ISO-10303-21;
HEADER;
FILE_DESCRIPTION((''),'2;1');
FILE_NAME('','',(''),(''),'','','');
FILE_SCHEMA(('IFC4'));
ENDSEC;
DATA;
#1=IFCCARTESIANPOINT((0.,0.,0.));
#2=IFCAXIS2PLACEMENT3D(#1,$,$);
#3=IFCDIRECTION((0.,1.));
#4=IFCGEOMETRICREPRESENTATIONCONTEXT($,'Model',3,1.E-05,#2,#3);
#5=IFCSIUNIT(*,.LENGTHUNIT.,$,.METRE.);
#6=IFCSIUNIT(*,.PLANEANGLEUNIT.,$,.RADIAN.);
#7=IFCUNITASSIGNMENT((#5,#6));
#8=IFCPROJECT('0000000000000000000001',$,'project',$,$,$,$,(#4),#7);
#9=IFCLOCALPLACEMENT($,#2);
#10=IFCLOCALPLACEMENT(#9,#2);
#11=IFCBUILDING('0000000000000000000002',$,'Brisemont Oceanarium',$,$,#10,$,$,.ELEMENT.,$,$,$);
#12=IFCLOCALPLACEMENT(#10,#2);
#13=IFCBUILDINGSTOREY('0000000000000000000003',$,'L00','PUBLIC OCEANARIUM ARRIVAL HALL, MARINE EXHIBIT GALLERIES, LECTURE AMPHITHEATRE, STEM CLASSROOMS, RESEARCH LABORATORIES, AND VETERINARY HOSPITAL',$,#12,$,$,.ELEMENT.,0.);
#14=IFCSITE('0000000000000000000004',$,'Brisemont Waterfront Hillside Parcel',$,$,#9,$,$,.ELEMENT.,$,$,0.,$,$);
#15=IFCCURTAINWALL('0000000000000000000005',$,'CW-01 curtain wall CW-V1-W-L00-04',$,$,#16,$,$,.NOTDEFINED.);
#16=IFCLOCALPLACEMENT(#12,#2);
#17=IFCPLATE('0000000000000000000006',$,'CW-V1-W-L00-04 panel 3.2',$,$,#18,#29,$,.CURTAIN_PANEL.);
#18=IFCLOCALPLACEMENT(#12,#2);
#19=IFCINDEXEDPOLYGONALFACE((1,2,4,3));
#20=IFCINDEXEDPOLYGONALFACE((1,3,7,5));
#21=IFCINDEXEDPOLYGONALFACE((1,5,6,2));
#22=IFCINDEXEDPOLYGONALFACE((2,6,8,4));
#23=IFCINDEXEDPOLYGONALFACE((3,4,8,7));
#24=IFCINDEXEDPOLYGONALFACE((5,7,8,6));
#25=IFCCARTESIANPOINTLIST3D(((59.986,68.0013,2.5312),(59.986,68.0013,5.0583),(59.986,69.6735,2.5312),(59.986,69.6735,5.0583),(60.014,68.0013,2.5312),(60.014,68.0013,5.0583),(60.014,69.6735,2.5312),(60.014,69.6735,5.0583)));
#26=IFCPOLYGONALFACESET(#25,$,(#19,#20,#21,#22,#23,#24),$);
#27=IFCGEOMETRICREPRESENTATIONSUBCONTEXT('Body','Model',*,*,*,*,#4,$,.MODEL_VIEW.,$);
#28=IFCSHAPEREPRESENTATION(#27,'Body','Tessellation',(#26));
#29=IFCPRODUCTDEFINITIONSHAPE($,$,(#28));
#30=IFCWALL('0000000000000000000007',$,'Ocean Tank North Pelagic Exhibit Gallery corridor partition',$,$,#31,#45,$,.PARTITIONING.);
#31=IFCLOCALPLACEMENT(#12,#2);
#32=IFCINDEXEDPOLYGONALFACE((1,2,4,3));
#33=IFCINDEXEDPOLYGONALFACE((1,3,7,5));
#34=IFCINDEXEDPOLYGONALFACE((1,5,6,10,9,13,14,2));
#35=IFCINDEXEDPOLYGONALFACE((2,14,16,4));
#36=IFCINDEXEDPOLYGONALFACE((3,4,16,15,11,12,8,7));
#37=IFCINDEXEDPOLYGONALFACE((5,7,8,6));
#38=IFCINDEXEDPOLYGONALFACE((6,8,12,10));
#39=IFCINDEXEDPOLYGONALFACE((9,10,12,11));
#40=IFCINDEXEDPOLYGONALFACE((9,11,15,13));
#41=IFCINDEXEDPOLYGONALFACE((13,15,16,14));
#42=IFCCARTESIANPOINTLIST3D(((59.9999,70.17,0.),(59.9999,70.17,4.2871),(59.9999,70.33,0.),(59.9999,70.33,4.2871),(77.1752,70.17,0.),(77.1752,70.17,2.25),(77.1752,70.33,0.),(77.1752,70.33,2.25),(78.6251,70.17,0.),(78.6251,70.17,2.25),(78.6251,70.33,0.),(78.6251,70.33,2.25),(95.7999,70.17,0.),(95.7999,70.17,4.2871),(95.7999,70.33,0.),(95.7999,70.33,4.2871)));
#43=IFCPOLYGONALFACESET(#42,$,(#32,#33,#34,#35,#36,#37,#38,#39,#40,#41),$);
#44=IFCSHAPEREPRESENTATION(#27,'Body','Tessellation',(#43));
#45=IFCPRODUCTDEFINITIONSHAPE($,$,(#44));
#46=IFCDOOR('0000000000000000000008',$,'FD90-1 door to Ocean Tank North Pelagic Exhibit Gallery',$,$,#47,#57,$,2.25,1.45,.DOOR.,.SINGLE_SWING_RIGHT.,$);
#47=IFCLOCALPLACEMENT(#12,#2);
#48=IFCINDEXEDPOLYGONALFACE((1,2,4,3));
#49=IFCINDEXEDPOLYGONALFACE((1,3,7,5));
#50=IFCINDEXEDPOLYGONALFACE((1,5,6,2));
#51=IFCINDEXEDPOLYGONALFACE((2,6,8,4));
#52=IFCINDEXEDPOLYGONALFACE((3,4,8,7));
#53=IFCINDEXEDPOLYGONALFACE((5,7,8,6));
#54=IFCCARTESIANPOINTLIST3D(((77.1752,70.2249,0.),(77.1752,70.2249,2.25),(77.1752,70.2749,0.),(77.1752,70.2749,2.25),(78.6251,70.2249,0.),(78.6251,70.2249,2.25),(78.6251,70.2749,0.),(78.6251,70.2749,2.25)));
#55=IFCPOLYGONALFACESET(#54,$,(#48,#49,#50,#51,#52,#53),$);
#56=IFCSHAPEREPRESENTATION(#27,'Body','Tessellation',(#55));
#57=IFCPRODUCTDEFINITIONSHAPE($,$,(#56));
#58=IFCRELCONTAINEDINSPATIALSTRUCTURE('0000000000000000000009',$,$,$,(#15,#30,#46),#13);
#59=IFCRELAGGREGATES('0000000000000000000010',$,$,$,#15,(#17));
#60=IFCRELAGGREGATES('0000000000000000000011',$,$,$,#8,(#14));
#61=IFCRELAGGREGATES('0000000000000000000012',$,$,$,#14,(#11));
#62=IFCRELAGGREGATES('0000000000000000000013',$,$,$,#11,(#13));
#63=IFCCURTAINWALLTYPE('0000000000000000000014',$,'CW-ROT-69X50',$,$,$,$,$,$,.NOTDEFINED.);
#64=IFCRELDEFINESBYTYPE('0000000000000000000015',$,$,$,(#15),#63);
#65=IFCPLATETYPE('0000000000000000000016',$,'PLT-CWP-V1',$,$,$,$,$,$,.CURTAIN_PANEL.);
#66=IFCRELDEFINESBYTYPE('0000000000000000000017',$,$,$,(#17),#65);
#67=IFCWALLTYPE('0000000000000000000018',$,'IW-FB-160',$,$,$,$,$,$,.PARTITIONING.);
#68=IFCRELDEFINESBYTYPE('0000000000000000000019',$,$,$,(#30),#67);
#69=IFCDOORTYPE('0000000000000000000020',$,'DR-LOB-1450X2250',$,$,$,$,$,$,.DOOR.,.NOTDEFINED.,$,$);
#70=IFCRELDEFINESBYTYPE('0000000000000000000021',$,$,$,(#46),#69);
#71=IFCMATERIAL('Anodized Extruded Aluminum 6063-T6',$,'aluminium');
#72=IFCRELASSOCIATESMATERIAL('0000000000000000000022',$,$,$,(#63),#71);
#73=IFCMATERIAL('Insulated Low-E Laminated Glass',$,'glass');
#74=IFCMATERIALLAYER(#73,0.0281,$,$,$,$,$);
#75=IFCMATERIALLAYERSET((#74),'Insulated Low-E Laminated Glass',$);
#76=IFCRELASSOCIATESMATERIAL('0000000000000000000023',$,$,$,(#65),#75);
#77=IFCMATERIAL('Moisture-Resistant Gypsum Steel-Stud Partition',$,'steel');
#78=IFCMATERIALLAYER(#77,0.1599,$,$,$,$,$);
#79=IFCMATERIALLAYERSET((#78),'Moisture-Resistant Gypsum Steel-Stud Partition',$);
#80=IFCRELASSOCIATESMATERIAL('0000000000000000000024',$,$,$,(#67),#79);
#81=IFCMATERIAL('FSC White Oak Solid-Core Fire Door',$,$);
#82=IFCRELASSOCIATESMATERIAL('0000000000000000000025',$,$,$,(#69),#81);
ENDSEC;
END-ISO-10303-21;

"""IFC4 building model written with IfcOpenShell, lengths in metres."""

from ifc_helpers import new_model, si_unit, direction, frame, frame_2d, origin, origin_2d, place, context, subcontext, project, spatial, rectangle, extrude, material, layer, layer_set, type_object, element, fill, aggregate, save


model = new_model("IFC4")

# Units and contexts
model_context = context("Model", 3, precision=1e-05, world=origin(), true_north=direction((0.0, 1.0)))
body_context = subcontext(model_context, "Body", "Model", "MODEL_VIEW")
ifc_project = project(units=[si_unit("LENGTHUNIT", "METRE"), si_unit("PLANEANGLEUNIT", "RADIAN")], contexts=[model_context])

# Site, building, storey
site_placement = place(None, origin())
site = spatial("IfcSite", under=ifc_project, at=site_placement, Name="Brisemont Waterfront Hillside Parcel", CompositionType="ELEMENT", RefElevation=0.0)
building_placement = place(site_placement, origin())
building = spatial("IfcBuilding", under=site, at=building_placement, Name="Brisemont Oceanarium", CompositionType="ELEMENT")
storey_placement = place(building_placement, origin())
storey = spatial("IfcBuildingStorey", under=building, at=storey_placement, Name="L00", Description="PUBLIC OCEANARIUM ARRIVAL HALL, MARINE EXHIBIT GALLERIES, LECTURE AMPHITHEATRE, STEM CLASSROOMS, RESEARCH LABORATORIES, AND VETERINARY HOSPITAL", CompositionType="ELEMENT", Elevation=0.0)

# Curtain wall
ifc_material_1 = material(Name="Anodized Extruded Aluminum 6063-T6", Category="aluminium")
curtain_wall_type = type_object("IfcCurtainWallType", Name="CW-ROT-69X50", PredefinedType="NOTDEFINED", material=ifc_material_1)
curtain_wall_1_placement = place(storey_placement, origin())
curtain_wall_1 = element("IfcCurtainWall", 1, at=curtain_wall_1_placement, inside=storey, type_object=curtain_wall_type, Name="CW-01 curtain wall CW-V1-W-L00-04", PredefinedType="NOTDEFINED")

# Plate
ifc_material_2 = material(Name="Insulated Low-E Laminated Glass", Category="glass")
ifc_layer_1 = layer(ifc_material_2, 0.0281)
ifc_layer_set_1 = layer_set([ifc_layer_1], Name="Insulated Low-E Laminated Glass")
plate_type = type_object("IfcPlateType", Name="PLT-CWP-V1", PredefinedType="CURTAIN_PANEL", material=ifc_layer_set_1)
plate_1_placement = place(storey_placement, frame((60.0, 68.8374, 2.5312), z_axis=(0.0, 0.0, 1.0), x_axis=(0.0, 1.0, 0.0)))
plate_1 = element("IfcPlate", 2, at=plate_1_placement, type_object=plate_type, Name="CW-V1-W-L00-04 panel 3.2", PredefinedType="CURTAIN_PANEL", context=body_context, shape_type="SweptSolid", body=[
    extrude(rectangle(XDim=1.6721, YDim=0.0281, at=origin_2d()), origin(), (0.0, 0.0, 1.0), 2.5271),
])
aggregate(curtain_wall_1, [plate_1])

# Wall, opening, door
ifc_material_3 = material(Name="Moisture-Resistant Gypsum Steel-Stud Partition", Category="steel")
ifc_layer_2 = layer(ifc_material_3, 0.1599)
ifc_layer_set_2 = layer_set([ifc_layer_2], Name="Moisture-Resistant Gypsum Steel-Stud Partition")
wall_type = type_object("IfcWallType", Name="IW-FB-160", PredefinedType="PARTITIONING", material=ifc_layer_set_2)
wall_placement = place(storey_placement, frame((60.0, 70.25, 0.0), z_axis=(0.0, 0.0, 1.0), x_axis=(1.0, 0.0, 0.0)))
wall = element("IfcWall", 3, at=wall_placement, inside=storey, type_object=wall_type, Name="Ocean Tank North Pelagic Exhibit Gallery corridor partition", PredefinedType="PARTITIONING", context=body_context, shape_type="SweptSolid", body=[
    extrude(rectangle(XDim=35.8, YDim=0.1599, at=frame_2d((17.8999, 0.0))), origin(), (0.0, 0.0, 1.0), 4.2871),
])
opening_placement = place(wall_placement, frame((17.175, 0.0, 0.0)))
opening = element("IfcOpeningElement", 4, at=opening_placement, cuts=wall, PredefinedType="OPENING", context=body_context, shape_type="SweptSolid", body=[
    extrude(rectangle(XDim=1.45, YDim=2.25, at=frame_2d((0.7251, 1.125))), frame((0.0, 0.0898, 0.0), z_axis=(0.0, -1.0, 0.0), x_axis=(1.0, 0.0, 0.0)), (0.0, 0.0, 1.0), 0.1799),
])
ifc_material_4 = material(Name="FSC White Oak Solid-Core Fire Door")
door_type = type_object("IfcDoorType", Name="DR-LOB-1450X2250", OperationType="NOTDEFINED", PredefinedType="DOOR", material=ifc_material_4)
door_placement = place(opening_placement, origin())
door = element("IfcDoor", 5, at=door_placement, inside=storey, type_object=door_type, Name="FD90-1 door to Ocean Tank North Pelagic Exhibit Gallery", OperationType="SINGLE_SWING_RIGHT", OverallHeight=2.25, OverallWidth=1.45, PredefinedType="DOOR", context=body_context, shape_type="SweptSolid", body=[
    extrude(rectangle(XDim=1.45, YDim=2.25, at=frame_2d((0.7251, 1.125))), frame((0.0, 0.0249, 0.0), z_axis=(0.0, -1.0, 0.0), x_axis=(1.0, 0.0, 0.0)), (0.0, 0.0, 1.0), 0.05),
])
fill(opening, door)

save(model, "model.ifc")
